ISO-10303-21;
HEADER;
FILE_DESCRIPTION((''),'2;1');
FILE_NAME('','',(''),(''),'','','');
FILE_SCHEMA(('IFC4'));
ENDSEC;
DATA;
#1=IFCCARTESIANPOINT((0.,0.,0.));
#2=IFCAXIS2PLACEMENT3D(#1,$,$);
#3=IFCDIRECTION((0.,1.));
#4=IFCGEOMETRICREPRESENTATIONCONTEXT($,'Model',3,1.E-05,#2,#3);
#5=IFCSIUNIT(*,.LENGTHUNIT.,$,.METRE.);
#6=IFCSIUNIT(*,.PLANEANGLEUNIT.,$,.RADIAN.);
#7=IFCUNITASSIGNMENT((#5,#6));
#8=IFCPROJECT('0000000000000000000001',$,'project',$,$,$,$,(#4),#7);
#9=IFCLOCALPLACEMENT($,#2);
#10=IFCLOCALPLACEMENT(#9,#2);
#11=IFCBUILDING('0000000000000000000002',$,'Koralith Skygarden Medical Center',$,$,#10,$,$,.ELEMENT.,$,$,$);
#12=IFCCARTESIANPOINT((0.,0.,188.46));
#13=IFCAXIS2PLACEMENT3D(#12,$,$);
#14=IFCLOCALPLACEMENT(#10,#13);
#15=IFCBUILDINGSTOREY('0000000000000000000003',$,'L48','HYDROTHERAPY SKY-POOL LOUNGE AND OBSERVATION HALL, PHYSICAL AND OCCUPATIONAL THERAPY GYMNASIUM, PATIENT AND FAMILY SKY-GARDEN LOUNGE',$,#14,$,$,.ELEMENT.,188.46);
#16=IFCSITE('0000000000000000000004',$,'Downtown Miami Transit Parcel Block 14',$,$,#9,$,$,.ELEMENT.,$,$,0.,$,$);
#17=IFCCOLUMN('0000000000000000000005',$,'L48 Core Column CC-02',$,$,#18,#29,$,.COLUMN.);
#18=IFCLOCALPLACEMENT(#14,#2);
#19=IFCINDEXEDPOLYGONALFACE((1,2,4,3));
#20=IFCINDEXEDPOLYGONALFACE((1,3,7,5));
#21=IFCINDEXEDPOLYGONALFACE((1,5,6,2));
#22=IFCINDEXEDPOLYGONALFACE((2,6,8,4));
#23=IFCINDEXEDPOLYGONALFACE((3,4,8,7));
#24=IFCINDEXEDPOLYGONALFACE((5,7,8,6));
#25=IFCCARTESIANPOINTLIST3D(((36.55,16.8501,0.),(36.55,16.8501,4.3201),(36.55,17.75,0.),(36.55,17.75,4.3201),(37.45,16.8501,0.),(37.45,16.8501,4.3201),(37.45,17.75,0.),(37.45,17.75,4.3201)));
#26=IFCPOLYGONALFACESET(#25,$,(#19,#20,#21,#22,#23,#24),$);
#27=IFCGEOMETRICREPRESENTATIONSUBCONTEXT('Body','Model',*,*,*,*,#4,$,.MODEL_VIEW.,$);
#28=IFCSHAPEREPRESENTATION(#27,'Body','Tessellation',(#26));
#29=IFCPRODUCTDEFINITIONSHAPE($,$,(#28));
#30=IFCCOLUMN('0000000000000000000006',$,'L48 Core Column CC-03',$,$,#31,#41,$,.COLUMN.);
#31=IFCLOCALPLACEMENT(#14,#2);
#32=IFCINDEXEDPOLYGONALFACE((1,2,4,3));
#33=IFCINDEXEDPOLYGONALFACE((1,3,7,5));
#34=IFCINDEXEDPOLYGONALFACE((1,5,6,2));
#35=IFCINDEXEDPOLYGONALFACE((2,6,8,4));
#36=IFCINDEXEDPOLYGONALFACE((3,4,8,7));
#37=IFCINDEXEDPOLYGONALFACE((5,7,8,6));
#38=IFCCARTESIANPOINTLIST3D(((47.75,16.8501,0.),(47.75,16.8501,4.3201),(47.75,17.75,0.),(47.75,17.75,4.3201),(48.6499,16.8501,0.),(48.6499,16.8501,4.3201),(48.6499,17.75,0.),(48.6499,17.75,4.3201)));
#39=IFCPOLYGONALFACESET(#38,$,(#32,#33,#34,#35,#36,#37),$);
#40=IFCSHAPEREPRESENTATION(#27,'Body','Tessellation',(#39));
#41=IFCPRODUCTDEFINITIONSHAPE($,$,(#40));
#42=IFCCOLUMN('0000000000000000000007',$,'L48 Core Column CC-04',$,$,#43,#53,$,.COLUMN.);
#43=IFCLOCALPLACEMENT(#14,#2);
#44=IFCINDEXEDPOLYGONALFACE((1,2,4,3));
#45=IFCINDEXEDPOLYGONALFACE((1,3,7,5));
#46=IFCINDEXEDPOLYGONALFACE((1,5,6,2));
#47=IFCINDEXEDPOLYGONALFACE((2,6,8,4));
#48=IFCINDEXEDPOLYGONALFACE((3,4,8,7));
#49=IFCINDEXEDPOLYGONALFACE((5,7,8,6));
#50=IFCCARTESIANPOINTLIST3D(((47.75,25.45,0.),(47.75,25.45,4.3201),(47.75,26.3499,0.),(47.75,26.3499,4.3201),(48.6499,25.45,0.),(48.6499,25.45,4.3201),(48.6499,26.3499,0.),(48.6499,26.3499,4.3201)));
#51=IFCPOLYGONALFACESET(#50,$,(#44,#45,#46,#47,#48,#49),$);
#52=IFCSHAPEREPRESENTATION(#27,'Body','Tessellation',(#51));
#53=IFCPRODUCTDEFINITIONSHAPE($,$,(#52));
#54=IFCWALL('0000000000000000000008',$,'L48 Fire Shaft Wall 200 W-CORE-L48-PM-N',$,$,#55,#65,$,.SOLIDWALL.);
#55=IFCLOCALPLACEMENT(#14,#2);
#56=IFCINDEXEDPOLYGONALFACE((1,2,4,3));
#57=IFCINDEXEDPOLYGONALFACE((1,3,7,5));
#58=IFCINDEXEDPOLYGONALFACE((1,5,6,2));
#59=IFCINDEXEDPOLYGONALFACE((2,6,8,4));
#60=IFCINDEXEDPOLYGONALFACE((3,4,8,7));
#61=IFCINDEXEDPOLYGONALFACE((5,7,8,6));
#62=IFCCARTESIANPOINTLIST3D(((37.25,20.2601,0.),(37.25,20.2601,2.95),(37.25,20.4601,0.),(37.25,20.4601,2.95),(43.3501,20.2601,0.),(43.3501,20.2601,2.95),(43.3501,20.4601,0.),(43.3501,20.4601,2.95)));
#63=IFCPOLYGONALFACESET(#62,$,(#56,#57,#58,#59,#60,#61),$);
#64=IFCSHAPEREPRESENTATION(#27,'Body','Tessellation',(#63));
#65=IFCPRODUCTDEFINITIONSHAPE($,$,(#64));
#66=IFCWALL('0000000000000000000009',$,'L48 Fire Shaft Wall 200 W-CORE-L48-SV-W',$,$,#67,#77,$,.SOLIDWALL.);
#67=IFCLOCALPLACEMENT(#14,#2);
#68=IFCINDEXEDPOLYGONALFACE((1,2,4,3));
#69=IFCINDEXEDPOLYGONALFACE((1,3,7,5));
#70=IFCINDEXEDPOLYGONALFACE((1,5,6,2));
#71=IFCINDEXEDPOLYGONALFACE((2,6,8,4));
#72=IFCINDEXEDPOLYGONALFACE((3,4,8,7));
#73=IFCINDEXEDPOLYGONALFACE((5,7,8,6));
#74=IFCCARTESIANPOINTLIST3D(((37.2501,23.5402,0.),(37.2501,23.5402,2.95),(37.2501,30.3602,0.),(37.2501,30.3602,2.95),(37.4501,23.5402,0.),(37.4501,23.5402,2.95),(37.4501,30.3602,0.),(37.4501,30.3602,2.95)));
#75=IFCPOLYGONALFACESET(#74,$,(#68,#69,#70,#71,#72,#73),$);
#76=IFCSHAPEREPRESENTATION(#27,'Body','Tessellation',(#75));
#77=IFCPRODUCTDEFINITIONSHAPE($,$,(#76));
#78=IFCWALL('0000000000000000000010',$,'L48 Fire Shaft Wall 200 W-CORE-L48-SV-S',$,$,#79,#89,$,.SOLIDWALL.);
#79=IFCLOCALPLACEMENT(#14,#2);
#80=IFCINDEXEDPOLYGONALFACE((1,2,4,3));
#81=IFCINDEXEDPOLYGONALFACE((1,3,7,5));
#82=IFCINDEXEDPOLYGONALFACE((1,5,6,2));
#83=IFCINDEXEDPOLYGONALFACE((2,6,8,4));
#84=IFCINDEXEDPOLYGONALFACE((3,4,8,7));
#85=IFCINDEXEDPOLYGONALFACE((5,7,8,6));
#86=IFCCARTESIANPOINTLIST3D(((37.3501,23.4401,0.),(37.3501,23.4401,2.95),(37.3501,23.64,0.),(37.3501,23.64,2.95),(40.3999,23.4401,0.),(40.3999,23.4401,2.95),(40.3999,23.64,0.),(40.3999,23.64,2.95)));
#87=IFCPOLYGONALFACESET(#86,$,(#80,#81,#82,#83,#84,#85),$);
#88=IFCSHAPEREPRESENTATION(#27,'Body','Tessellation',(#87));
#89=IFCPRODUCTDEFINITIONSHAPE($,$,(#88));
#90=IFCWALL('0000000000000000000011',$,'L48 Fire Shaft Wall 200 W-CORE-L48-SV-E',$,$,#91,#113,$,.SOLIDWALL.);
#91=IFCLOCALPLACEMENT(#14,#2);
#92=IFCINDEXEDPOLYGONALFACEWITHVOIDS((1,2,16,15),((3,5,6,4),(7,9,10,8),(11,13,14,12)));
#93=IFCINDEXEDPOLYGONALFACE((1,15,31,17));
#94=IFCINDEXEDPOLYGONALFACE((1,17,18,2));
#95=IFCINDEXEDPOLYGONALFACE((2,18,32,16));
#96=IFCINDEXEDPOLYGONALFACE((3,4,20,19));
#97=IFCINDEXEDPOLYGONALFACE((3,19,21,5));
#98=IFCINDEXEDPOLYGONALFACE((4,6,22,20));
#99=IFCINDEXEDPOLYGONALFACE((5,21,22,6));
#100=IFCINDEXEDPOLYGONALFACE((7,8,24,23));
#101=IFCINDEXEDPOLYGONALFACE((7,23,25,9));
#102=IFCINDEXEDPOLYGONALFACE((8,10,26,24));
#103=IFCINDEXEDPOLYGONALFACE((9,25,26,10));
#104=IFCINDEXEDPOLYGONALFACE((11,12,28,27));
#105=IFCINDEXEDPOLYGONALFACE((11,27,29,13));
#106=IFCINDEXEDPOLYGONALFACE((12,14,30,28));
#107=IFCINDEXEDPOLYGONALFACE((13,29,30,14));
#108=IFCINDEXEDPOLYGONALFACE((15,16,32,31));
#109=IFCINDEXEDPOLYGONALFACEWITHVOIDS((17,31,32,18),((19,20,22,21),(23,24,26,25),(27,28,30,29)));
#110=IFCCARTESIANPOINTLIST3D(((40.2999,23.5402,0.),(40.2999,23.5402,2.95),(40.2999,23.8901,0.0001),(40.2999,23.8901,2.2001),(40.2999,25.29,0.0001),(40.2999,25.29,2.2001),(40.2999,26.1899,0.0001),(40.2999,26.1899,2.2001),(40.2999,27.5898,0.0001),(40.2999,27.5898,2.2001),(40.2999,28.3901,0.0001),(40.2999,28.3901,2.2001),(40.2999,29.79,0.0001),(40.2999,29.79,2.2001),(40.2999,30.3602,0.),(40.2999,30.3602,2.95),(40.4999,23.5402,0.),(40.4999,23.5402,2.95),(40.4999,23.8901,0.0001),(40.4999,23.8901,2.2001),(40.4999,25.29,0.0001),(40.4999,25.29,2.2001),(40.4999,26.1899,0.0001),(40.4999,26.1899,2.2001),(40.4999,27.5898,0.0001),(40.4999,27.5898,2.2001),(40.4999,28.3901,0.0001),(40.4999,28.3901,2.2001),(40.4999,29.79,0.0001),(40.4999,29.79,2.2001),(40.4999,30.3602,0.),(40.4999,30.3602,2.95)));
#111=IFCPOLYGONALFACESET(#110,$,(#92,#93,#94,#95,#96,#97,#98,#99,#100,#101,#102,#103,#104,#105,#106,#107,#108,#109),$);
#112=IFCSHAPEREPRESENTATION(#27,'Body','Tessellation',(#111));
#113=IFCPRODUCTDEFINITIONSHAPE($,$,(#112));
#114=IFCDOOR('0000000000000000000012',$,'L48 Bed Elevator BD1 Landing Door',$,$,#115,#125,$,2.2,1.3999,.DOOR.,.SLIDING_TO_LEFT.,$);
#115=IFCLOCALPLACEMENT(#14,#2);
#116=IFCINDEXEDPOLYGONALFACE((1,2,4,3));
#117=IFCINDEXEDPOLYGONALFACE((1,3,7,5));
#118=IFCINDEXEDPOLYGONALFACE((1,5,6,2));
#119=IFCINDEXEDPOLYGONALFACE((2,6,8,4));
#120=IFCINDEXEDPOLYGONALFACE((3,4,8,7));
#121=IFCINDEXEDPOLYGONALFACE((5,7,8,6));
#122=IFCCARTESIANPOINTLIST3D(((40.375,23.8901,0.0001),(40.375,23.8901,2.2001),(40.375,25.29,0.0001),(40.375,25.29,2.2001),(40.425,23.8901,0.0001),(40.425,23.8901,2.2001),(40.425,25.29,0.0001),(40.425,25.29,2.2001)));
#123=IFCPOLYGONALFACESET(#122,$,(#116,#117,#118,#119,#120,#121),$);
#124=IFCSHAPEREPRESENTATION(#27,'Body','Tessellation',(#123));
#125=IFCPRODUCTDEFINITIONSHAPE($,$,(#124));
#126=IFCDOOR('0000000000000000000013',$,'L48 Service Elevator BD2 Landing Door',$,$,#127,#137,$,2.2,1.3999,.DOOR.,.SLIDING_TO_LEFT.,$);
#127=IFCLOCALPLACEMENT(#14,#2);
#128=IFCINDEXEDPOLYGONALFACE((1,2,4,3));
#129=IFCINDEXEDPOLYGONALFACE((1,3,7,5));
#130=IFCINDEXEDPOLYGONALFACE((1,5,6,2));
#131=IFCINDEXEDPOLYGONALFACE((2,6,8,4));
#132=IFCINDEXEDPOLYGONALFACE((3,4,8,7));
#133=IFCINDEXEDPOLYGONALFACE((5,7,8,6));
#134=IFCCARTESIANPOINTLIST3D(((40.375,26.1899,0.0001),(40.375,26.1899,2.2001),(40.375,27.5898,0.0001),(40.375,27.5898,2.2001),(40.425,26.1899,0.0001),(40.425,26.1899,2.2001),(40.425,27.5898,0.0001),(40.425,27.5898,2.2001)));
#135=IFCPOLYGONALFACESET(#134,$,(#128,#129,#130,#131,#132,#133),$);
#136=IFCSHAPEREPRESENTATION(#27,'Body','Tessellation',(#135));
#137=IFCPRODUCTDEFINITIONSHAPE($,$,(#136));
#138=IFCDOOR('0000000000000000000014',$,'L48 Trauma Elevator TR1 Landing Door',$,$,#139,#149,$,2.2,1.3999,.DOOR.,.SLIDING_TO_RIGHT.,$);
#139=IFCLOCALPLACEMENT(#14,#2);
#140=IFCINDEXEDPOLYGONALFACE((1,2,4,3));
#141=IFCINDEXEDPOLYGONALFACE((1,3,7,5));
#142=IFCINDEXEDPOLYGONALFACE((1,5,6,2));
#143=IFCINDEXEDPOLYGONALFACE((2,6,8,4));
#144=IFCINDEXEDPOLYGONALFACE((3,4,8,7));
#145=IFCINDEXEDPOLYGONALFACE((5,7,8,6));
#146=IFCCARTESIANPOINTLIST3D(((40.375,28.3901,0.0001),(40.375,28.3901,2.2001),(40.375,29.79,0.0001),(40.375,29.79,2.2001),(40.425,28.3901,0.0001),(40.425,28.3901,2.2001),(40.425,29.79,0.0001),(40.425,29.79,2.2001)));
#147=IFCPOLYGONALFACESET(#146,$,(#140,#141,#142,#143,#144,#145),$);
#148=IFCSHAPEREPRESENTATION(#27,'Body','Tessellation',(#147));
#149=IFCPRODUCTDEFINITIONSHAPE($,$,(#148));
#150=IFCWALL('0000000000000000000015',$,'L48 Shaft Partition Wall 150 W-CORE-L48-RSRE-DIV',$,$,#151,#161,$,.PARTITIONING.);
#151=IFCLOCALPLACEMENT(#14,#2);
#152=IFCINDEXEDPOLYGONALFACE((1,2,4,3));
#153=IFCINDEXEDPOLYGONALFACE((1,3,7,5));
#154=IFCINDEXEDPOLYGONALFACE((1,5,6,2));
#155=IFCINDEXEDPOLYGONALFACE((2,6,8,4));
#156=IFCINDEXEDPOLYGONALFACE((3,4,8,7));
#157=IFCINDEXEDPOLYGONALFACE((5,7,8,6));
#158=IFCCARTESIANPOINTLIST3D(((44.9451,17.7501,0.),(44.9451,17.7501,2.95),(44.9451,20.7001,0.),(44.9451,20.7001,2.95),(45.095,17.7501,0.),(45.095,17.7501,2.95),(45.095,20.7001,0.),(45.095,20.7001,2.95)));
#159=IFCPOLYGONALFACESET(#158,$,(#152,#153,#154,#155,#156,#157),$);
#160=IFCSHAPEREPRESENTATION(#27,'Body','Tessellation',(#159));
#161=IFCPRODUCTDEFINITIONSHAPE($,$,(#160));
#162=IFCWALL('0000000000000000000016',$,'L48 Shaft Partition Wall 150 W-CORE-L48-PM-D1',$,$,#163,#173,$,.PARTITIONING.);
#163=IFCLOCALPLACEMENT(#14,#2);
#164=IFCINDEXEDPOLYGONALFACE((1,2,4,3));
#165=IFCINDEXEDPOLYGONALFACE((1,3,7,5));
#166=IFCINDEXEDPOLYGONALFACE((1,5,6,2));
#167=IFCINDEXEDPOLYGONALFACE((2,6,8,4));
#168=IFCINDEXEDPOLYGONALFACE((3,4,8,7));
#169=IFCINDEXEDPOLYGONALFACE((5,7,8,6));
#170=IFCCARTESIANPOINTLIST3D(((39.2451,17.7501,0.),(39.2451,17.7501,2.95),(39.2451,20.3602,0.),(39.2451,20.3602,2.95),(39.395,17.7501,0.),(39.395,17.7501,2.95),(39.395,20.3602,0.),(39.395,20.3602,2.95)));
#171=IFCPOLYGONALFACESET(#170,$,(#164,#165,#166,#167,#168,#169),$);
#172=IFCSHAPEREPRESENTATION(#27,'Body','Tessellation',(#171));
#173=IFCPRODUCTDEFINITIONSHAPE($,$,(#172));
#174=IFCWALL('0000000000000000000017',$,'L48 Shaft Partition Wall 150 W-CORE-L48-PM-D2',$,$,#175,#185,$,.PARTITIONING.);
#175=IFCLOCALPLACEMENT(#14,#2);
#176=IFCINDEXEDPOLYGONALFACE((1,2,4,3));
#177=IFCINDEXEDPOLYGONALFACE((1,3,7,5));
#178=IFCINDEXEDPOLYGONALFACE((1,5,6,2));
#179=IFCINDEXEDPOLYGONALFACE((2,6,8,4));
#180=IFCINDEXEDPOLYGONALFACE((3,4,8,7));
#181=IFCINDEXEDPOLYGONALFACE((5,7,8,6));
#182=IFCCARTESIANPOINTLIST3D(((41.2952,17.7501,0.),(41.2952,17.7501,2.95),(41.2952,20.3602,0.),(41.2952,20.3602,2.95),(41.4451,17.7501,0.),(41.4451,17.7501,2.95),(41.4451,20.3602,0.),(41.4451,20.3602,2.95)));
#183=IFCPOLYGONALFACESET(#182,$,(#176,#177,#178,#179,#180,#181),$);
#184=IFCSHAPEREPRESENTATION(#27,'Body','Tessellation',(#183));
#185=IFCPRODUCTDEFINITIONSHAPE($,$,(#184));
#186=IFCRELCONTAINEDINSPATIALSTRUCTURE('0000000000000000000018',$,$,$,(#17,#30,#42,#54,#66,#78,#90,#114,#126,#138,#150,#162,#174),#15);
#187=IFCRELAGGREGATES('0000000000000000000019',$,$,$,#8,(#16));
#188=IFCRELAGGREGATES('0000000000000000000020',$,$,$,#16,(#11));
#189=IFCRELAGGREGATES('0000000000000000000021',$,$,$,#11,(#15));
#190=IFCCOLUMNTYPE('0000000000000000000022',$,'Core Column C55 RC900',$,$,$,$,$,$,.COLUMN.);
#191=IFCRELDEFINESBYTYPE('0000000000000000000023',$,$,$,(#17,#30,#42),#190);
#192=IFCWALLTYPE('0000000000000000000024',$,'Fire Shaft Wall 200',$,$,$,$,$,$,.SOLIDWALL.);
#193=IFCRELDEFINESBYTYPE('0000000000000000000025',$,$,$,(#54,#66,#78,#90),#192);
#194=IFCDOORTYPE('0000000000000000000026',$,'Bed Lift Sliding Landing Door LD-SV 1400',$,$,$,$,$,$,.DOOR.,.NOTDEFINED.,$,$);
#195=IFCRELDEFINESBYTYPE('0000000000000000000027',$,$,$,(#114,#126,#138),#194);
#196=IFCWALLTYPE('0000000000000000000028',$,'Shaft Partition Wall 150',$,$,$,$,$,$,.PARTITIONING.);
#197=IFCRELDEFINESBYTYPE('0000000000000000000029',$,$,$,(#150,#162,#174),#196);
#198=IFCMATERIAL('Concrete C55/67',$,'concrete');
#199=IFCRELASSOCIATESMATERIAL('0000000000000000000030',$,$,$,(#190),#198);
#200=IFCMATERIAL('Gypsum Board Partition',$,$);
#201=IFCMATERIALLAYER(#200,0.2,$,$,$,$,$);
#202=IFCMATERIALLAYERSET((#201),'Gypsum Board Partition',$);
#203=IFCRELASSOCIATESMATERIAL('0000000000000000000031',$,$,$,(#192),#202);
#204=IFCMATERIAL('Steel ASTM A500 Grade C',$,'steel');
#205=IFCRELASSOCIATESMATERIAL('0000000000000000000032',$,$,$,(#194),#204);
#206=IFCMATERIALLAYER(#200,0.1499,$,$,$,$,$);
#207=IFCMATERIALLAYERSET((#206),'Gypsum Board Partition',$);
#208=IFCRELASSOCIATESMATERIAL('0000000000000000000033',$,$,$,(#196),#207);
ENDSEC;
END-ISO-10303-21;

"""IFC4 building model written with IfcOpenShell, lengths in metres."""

from ifc_helpers import new_model, si_unit, direction, frame, frame_2d, origin, origin_2d, place, context, subcontext, project, spatial, rectangle, extrude, material, layer, layer_set, material_profile, profile_set, type_object, element, fill, save


model = new_model("IFC4")

# Units and contexts
model_context = context("Model", 3, precision=1e-05, world=origin(), true_north=direction((0.0, 1.0)))
body_context = subcontext(model_context, "Body", "Model", "MODEL_VIEW")
ifc_project = project(units=[si_unit("LENGTHUNIT", "METRE"), si_unit("PLANEANGLEUNIT", "RADIAN")], contexts=[model_context])

# Site, building, storey
site_placement = place(None, origin())
site = spatial("IfcSite", under=ifc_project, at=site_placement, Name="Downtown Miami Transit Parcel Block 14", CompositionType="ELEMENT", RefElevation=0.0)
building_placement = place(site_placement, origin())
building = spatial("IfcBuilding", under=site, at=building_placement, Name="Koralith Skygarden Medical Center", CompositionType="ELEMENT")
storey_placement = place(building_placement, frame((0.0, 0.0, 188.46)))
storey = spatial("IfcBuildingStorey", under=building, at=storey_placement, Name="L48", Description="HYDROTHERAPY SKY-POOL LOUNGE AND OBSERVATION HALL, PHYSICAL AND OCCUPATIONAL THERAPY GYMNASIUM, PATIENT AND FAMILY SKY-GARDEN LOUNGE", CompositionType="ELEMENT", Elevation=188.46)

# Columns
ifc_material_1 = material(Name="Concrete C55/67", Category="concrete")
ifc_material_profile = material_profile(ifc_material_1, rectangle(XDim=0.8999, YDim=0.8999, at=origin_2d()), Name="RC900X900")
ifc_profile_set = profile_set([ifc_material_profile], Name="Concrete C55/67")
column_type = type_object("IfcColumnType", Name="Core Column C55 RC900", PredefinedType="COLUMN", material=ifc_profile_set)
for number, where, z_axis, x_axis, name in (
    (1, (37.0, 17.3, 0.0), (0.0, 0.0, 1.0), (1.0, 0.0, 0.0), "L48 Core Column CC-02"),
    (2, (48.2, 17.3, 0.0), (0.0, 0.0, 1.0), (1.0, 0.0, 0.0), "L48 Core Column CC-03"),
    (3, (48.2, 25.8999, 0.0), (0.0, 0.0, 1.0), (1.0, 0.0, 0.0), "L48 Core Column CC-04"),
):
    element("IfcColumn", number, at=place(storey_placement, frame(where, z_axis=z_axis, x_axis=x_axis)), inside=storey, type_object=column_type, Name=name, PredefinedType="COLUMN", context=body_context, shape_type="SweptSolid", body=[
        extrude(rectangle(XDim=0.8999, YDim=0.8999, at=origin_2d()), origin(), (0.0, 0.0, 1.0), 4.3201),
    ])

# Shared definitions
ifc_material_2 = material(Name="Gypsum Board Partition")
ifc_layer_1 = layer(ifc_material_2, 0.2)
ifc_layer_set_1 = layer_set([ifc_layer_1], Name="Gypsum Board Partition")
wall_type_1 = type_object("IfcWallType", Name="Fire Shaft Wall 200", PredefinedType="SOLIDWALL", material=ifc_layer_set_1)
ifc_material_3 = material(Name="Steel ASTM A500 Grade C", Category="steel")

# Walls
wall_1_placement = place(storey_placement, frame((37.25, 20.3601, 0.0), z_axis=(0.0, 0.0, 1.0), x_axis=(1.0, 0.0, 0.0)))
element("IfcWall", 4, at=wall_1_placement, inside=storey, type_object=wall_type_1, Name="L48 Fire Shaft Wall 200 W-CORE-L48-PM-N", PredefinedType="SOLIDWALL", context=body_context, shape_type="SweptSolid", body=[
    extrude(rectangle(XDim=6.1001, YDim=0.2, at=frame_2d((3.05, 0.0))), origin(), (0.0, 0.0, 1.0), 2.95),
])
wall_2_placement = place(storey_placement, frame((37.3501, 23.54, 0.0), z_axis=(0.0, 0.0, 1.0), x_axis=(0.0, 1.0, 0.0)))
element("IfcWall", 5, at=wall_2_placement, inside=storey, type_object=wall_type_1, Name="L48 Fire Shaft Wall 200 W-CORE-L48-SV-W", PredefinedType="SOLIDWALL", context=body_context, shape_type="SweptSolid", body=[
    extrude(rectangle(XDim=6.8201, YDim=0.2, at=frame_2d((3.4102, 0.0))), origin(), (0.0, 0.0, 1.0), 2.95),
])
wall_3_placement = place(storey_placement, frame((37.3501, 23.54, 0.0), z_axis=(0.0, 0.0, 1.0), x_axis=(1.0, 0.0, 0.0)))
element("IfcWall", 6, at=wall_3_placement, inside=storey, type_object=wall_type_1, Name="L48 Fire Shaft Wall 200 W-CORE-L48-SV-S", PredefinedType="SOLIDWALL", context=body_context, shape_type="SweptSolid", body=[
    extrude(rectangle(XDim=3.0498, YDim=0.2, at=frame_2d((1.5249, 0.0))), origin(), (0.0, 0.0, 1.0), 2.95),
])

# Wall, openings, doors
wall_4_placement = place(storey_placement, frame((40.3999, 23.54, 0.0), z_axis=(0.0, 0.0, 1.0), x_axis=(0.0, 1.0, 0.0)))
wall_4 = element("IfcWall", 7, at=wall_4_placement, inside=storey, type_object=wall_type_1, Name="L48 Fire Shaft Wall 200 W-CORE-L48-SV-E", PredefinedType="SOLIDWALL", context=body_context, shape_type="SweptSolid", body=[
    extrude(rectangle(XDim=6.8201, YDim=0.2, at=frame_2d((3.4102, 0.0))), origin(), (0.0, 0.0, 1.0), 2.95),
])
opening_1_placement = place(wall_4_placement, frame((0.3501, 0.0, 0.0)))
opening_1 = element("IfcOpeningElement", 8, at=opening_1_placement, cuts=wall_4, PredefinedType="OPENING", context=body_context, shape_type="SweptSolid", body=[
    extrude(rectangle(XDim=1.3999, YDim=2.2, at=frame_2d((0.7, 1.1001))), frame((0.0, 0.1099, 0.0), z_axis=(0.0, -1.0, 0.0), x_axis=(1.0, 0.0, 0.0)), (0.0, 0.0, 1.0), 0.22),
])
opening_2_placement = place(wall_4_placement, frame((2.6499, 0.0, 0.0)))
opening_2 = element("IfcOpeningElement", 9, at=opening_2_placement, cuts=wall_4, PredefinedType="OPENING", context=body_context, shape_type="SweptSolid", body=[
    extrude(rectangle(XDim=1.3999, YDim=2.2, at=frame_2d((0.7, 1.1001))), frame((0.0, 0.1099, 0.0), z_axis=(0.0, -1.0, 0.0), x_axis=(1.0, 0.0, 0.0)), (0.0, 0.0, 1.0), 0.22),
])
opening_3_placement = place(wall_4_placement, frame((4.8501, 0.0, 0.0)))
opening_3 = element("IfcOpeningElement", 10, at=opening_3_placement, cuts=wall_4, PredefinedType="OPENING", context=body_context, shape_type="SweptSolid", body=[
    extrude(rectangle(XDim=1.3999, YDim=2.2, at=frame_2d((0.7, 1.1001))), frame((0.0, 0.1099, 0.0), z_axis=(0.0, -1.0, 0.0), x_axis=(1.0, 0.0, 0.0)), (0.0, 0.0, 1.0), 0.22),
])
door_type_1 = type_object("IfcDoorType", Name="Bed Lift Sliding Landing Door LD-SV 1400", OperationType="NOTDEFINED", PredefinedType="DOOR", material=ifc_material_3)
door_1_placement = place(opening_1_placement, origin())
door_1 = element("IfcDoor", 11, at=door_1_placement, inside=storey, type_object=door_type_1, Name="L48 Bed Elevator BD1 Landing Door", OperationType="SLIDING_TO_LEFT", OverallHeight=2.2, OverallWidth=1.3999, PredefinedType="DOOR", context=body_context, shape_type="SweptSolid", body=[
    extrude(rectangle(XDim=1.3999, YDim=2.2, at=frame_2d((0.7, 1.1001))), frame((0.0, 0.0249, 0.0), z_axis=(0.0, -1.0, 0.0), x_axis=(1.0, 0.0, 0.0)), (0.0, 0.0, 1.0), 0.05),
])
fill(opening_1, door_1)
door_2_placement = place(opening_2_placement, origin())
door_2 = element("IfcDoor", 12, at=door_2_placement, inside=storey, type_object=door_type_1, Name="L48 Service Elevator BD2 Landing Door", OperationType="SLIDING_TO_LEFT", OverallHeight=2.2, OverallWidth=1.3999, PredefinedType="DOOR", context=body_context, shape_type="SweptSolid", body=[
    extrude(rectangle(XDim=1.3999, YDim=2.2, at=frame_2d((0.7, 1.1001))), frame((0.0, 0.0249, 0.0), z_axis=(0.0, -1.0, 0.0), x_axis=(1.0, 0.0, 0.0)), (0.0, 0.0, 1.0), 0.05),
])
fill(opening_2, door_2)
door_3_placement = place(opening_3_placement, origin())
door_3 = element("IfcDoor", 13, at=door_3_placement, inside=storey, type_object=door_type_1, Name="L48 Trauma Elevator TR1 Landing Door", OperationType="SLIDING_TO_RIGHT", OverallHeight=2.2, OverallWidth=1.3999, PredefinedType="DOOR", context=body_context, shape_type="SweptSolid", body=[
    extrude(rectangle(XDim=1.3999, YDim=2.2, at=frame_2d((0.7, 1.1001))), frame((0.0, 0.0249, 0.0), z_axis=(0.0, -1.0, 0.0), x_axis=(1.0, 0.0, 0.0)), (0.0, 0.0, 1.0), 0.05),
])
fill(opening_3, door_3)

# Walls
ifc_layer_2 = layer(ifc_material_2, 0.1499)
ifc_layer_set_2 = layer_set([ifc_layer_2], Name="Gypsum Board Partition")
wall_type_2 = type_object("IfcWallType", Name="Shaft Partition Wall 150", PredefinedType="PARTITIONING", material=ifc_layer_set_2)
wall_5_placement = place(storey_placement, frame((45.02, 17.75, 0.0), z_axis=(0.0, 0.0, 1.0), x_axis=(0.0, 1.0, 0.0)))
element("IfcWall", 14, at=wall_5_placement, inside=storey, type_object=wall_type_2, Name="L48 Shaft Partition Wall 150 W-CORE-L48-RSRE-DIV", PredefinedType="PARTITIONING", context=body_context, shape_type="SweptSolid", body=[
    extrude(rectangle(XDim=2.95, YDim=0.1499, at=frame_2d((1.4751, 0.0))), origin(), (0.0, 0.0, 1.0), 2.95),
])
for number, where, z_axis, x_axis, name in (
    (15, (39.3201, 17.75, 0.0), (0.0, 0.0, 1.0), (0.0, 1.0, 0.0), "L48 Shaft Partition Wall 150 W-CORE-L48-PM-D1"),
    (16, (41.3701, 17.75, 0.0), (0.0, 0.0, 1.0), (0.0, 1.0, 0.0), "L48 Shaft Partition Wall 150 W-CORE-L48-PM-D2"),
):
    element("IfcWall", number, at=place(storey_placement, frame(where, z_axis=z_axis, x_axis=x_axis)), inside=storey, type_object=wall_type_2, Name=name, PredefinedType="PARTITIONING", context=body_context, shape_type="SweptSolid", body=[
        extrude(rectangle(XDim=2.6101, YDim=0.1499, at=frame_2d((1.3052, 0.0))), origin(), (0.0, 0.0, 1.0), 2.95),
    ])

save(model, "model.ifc")
